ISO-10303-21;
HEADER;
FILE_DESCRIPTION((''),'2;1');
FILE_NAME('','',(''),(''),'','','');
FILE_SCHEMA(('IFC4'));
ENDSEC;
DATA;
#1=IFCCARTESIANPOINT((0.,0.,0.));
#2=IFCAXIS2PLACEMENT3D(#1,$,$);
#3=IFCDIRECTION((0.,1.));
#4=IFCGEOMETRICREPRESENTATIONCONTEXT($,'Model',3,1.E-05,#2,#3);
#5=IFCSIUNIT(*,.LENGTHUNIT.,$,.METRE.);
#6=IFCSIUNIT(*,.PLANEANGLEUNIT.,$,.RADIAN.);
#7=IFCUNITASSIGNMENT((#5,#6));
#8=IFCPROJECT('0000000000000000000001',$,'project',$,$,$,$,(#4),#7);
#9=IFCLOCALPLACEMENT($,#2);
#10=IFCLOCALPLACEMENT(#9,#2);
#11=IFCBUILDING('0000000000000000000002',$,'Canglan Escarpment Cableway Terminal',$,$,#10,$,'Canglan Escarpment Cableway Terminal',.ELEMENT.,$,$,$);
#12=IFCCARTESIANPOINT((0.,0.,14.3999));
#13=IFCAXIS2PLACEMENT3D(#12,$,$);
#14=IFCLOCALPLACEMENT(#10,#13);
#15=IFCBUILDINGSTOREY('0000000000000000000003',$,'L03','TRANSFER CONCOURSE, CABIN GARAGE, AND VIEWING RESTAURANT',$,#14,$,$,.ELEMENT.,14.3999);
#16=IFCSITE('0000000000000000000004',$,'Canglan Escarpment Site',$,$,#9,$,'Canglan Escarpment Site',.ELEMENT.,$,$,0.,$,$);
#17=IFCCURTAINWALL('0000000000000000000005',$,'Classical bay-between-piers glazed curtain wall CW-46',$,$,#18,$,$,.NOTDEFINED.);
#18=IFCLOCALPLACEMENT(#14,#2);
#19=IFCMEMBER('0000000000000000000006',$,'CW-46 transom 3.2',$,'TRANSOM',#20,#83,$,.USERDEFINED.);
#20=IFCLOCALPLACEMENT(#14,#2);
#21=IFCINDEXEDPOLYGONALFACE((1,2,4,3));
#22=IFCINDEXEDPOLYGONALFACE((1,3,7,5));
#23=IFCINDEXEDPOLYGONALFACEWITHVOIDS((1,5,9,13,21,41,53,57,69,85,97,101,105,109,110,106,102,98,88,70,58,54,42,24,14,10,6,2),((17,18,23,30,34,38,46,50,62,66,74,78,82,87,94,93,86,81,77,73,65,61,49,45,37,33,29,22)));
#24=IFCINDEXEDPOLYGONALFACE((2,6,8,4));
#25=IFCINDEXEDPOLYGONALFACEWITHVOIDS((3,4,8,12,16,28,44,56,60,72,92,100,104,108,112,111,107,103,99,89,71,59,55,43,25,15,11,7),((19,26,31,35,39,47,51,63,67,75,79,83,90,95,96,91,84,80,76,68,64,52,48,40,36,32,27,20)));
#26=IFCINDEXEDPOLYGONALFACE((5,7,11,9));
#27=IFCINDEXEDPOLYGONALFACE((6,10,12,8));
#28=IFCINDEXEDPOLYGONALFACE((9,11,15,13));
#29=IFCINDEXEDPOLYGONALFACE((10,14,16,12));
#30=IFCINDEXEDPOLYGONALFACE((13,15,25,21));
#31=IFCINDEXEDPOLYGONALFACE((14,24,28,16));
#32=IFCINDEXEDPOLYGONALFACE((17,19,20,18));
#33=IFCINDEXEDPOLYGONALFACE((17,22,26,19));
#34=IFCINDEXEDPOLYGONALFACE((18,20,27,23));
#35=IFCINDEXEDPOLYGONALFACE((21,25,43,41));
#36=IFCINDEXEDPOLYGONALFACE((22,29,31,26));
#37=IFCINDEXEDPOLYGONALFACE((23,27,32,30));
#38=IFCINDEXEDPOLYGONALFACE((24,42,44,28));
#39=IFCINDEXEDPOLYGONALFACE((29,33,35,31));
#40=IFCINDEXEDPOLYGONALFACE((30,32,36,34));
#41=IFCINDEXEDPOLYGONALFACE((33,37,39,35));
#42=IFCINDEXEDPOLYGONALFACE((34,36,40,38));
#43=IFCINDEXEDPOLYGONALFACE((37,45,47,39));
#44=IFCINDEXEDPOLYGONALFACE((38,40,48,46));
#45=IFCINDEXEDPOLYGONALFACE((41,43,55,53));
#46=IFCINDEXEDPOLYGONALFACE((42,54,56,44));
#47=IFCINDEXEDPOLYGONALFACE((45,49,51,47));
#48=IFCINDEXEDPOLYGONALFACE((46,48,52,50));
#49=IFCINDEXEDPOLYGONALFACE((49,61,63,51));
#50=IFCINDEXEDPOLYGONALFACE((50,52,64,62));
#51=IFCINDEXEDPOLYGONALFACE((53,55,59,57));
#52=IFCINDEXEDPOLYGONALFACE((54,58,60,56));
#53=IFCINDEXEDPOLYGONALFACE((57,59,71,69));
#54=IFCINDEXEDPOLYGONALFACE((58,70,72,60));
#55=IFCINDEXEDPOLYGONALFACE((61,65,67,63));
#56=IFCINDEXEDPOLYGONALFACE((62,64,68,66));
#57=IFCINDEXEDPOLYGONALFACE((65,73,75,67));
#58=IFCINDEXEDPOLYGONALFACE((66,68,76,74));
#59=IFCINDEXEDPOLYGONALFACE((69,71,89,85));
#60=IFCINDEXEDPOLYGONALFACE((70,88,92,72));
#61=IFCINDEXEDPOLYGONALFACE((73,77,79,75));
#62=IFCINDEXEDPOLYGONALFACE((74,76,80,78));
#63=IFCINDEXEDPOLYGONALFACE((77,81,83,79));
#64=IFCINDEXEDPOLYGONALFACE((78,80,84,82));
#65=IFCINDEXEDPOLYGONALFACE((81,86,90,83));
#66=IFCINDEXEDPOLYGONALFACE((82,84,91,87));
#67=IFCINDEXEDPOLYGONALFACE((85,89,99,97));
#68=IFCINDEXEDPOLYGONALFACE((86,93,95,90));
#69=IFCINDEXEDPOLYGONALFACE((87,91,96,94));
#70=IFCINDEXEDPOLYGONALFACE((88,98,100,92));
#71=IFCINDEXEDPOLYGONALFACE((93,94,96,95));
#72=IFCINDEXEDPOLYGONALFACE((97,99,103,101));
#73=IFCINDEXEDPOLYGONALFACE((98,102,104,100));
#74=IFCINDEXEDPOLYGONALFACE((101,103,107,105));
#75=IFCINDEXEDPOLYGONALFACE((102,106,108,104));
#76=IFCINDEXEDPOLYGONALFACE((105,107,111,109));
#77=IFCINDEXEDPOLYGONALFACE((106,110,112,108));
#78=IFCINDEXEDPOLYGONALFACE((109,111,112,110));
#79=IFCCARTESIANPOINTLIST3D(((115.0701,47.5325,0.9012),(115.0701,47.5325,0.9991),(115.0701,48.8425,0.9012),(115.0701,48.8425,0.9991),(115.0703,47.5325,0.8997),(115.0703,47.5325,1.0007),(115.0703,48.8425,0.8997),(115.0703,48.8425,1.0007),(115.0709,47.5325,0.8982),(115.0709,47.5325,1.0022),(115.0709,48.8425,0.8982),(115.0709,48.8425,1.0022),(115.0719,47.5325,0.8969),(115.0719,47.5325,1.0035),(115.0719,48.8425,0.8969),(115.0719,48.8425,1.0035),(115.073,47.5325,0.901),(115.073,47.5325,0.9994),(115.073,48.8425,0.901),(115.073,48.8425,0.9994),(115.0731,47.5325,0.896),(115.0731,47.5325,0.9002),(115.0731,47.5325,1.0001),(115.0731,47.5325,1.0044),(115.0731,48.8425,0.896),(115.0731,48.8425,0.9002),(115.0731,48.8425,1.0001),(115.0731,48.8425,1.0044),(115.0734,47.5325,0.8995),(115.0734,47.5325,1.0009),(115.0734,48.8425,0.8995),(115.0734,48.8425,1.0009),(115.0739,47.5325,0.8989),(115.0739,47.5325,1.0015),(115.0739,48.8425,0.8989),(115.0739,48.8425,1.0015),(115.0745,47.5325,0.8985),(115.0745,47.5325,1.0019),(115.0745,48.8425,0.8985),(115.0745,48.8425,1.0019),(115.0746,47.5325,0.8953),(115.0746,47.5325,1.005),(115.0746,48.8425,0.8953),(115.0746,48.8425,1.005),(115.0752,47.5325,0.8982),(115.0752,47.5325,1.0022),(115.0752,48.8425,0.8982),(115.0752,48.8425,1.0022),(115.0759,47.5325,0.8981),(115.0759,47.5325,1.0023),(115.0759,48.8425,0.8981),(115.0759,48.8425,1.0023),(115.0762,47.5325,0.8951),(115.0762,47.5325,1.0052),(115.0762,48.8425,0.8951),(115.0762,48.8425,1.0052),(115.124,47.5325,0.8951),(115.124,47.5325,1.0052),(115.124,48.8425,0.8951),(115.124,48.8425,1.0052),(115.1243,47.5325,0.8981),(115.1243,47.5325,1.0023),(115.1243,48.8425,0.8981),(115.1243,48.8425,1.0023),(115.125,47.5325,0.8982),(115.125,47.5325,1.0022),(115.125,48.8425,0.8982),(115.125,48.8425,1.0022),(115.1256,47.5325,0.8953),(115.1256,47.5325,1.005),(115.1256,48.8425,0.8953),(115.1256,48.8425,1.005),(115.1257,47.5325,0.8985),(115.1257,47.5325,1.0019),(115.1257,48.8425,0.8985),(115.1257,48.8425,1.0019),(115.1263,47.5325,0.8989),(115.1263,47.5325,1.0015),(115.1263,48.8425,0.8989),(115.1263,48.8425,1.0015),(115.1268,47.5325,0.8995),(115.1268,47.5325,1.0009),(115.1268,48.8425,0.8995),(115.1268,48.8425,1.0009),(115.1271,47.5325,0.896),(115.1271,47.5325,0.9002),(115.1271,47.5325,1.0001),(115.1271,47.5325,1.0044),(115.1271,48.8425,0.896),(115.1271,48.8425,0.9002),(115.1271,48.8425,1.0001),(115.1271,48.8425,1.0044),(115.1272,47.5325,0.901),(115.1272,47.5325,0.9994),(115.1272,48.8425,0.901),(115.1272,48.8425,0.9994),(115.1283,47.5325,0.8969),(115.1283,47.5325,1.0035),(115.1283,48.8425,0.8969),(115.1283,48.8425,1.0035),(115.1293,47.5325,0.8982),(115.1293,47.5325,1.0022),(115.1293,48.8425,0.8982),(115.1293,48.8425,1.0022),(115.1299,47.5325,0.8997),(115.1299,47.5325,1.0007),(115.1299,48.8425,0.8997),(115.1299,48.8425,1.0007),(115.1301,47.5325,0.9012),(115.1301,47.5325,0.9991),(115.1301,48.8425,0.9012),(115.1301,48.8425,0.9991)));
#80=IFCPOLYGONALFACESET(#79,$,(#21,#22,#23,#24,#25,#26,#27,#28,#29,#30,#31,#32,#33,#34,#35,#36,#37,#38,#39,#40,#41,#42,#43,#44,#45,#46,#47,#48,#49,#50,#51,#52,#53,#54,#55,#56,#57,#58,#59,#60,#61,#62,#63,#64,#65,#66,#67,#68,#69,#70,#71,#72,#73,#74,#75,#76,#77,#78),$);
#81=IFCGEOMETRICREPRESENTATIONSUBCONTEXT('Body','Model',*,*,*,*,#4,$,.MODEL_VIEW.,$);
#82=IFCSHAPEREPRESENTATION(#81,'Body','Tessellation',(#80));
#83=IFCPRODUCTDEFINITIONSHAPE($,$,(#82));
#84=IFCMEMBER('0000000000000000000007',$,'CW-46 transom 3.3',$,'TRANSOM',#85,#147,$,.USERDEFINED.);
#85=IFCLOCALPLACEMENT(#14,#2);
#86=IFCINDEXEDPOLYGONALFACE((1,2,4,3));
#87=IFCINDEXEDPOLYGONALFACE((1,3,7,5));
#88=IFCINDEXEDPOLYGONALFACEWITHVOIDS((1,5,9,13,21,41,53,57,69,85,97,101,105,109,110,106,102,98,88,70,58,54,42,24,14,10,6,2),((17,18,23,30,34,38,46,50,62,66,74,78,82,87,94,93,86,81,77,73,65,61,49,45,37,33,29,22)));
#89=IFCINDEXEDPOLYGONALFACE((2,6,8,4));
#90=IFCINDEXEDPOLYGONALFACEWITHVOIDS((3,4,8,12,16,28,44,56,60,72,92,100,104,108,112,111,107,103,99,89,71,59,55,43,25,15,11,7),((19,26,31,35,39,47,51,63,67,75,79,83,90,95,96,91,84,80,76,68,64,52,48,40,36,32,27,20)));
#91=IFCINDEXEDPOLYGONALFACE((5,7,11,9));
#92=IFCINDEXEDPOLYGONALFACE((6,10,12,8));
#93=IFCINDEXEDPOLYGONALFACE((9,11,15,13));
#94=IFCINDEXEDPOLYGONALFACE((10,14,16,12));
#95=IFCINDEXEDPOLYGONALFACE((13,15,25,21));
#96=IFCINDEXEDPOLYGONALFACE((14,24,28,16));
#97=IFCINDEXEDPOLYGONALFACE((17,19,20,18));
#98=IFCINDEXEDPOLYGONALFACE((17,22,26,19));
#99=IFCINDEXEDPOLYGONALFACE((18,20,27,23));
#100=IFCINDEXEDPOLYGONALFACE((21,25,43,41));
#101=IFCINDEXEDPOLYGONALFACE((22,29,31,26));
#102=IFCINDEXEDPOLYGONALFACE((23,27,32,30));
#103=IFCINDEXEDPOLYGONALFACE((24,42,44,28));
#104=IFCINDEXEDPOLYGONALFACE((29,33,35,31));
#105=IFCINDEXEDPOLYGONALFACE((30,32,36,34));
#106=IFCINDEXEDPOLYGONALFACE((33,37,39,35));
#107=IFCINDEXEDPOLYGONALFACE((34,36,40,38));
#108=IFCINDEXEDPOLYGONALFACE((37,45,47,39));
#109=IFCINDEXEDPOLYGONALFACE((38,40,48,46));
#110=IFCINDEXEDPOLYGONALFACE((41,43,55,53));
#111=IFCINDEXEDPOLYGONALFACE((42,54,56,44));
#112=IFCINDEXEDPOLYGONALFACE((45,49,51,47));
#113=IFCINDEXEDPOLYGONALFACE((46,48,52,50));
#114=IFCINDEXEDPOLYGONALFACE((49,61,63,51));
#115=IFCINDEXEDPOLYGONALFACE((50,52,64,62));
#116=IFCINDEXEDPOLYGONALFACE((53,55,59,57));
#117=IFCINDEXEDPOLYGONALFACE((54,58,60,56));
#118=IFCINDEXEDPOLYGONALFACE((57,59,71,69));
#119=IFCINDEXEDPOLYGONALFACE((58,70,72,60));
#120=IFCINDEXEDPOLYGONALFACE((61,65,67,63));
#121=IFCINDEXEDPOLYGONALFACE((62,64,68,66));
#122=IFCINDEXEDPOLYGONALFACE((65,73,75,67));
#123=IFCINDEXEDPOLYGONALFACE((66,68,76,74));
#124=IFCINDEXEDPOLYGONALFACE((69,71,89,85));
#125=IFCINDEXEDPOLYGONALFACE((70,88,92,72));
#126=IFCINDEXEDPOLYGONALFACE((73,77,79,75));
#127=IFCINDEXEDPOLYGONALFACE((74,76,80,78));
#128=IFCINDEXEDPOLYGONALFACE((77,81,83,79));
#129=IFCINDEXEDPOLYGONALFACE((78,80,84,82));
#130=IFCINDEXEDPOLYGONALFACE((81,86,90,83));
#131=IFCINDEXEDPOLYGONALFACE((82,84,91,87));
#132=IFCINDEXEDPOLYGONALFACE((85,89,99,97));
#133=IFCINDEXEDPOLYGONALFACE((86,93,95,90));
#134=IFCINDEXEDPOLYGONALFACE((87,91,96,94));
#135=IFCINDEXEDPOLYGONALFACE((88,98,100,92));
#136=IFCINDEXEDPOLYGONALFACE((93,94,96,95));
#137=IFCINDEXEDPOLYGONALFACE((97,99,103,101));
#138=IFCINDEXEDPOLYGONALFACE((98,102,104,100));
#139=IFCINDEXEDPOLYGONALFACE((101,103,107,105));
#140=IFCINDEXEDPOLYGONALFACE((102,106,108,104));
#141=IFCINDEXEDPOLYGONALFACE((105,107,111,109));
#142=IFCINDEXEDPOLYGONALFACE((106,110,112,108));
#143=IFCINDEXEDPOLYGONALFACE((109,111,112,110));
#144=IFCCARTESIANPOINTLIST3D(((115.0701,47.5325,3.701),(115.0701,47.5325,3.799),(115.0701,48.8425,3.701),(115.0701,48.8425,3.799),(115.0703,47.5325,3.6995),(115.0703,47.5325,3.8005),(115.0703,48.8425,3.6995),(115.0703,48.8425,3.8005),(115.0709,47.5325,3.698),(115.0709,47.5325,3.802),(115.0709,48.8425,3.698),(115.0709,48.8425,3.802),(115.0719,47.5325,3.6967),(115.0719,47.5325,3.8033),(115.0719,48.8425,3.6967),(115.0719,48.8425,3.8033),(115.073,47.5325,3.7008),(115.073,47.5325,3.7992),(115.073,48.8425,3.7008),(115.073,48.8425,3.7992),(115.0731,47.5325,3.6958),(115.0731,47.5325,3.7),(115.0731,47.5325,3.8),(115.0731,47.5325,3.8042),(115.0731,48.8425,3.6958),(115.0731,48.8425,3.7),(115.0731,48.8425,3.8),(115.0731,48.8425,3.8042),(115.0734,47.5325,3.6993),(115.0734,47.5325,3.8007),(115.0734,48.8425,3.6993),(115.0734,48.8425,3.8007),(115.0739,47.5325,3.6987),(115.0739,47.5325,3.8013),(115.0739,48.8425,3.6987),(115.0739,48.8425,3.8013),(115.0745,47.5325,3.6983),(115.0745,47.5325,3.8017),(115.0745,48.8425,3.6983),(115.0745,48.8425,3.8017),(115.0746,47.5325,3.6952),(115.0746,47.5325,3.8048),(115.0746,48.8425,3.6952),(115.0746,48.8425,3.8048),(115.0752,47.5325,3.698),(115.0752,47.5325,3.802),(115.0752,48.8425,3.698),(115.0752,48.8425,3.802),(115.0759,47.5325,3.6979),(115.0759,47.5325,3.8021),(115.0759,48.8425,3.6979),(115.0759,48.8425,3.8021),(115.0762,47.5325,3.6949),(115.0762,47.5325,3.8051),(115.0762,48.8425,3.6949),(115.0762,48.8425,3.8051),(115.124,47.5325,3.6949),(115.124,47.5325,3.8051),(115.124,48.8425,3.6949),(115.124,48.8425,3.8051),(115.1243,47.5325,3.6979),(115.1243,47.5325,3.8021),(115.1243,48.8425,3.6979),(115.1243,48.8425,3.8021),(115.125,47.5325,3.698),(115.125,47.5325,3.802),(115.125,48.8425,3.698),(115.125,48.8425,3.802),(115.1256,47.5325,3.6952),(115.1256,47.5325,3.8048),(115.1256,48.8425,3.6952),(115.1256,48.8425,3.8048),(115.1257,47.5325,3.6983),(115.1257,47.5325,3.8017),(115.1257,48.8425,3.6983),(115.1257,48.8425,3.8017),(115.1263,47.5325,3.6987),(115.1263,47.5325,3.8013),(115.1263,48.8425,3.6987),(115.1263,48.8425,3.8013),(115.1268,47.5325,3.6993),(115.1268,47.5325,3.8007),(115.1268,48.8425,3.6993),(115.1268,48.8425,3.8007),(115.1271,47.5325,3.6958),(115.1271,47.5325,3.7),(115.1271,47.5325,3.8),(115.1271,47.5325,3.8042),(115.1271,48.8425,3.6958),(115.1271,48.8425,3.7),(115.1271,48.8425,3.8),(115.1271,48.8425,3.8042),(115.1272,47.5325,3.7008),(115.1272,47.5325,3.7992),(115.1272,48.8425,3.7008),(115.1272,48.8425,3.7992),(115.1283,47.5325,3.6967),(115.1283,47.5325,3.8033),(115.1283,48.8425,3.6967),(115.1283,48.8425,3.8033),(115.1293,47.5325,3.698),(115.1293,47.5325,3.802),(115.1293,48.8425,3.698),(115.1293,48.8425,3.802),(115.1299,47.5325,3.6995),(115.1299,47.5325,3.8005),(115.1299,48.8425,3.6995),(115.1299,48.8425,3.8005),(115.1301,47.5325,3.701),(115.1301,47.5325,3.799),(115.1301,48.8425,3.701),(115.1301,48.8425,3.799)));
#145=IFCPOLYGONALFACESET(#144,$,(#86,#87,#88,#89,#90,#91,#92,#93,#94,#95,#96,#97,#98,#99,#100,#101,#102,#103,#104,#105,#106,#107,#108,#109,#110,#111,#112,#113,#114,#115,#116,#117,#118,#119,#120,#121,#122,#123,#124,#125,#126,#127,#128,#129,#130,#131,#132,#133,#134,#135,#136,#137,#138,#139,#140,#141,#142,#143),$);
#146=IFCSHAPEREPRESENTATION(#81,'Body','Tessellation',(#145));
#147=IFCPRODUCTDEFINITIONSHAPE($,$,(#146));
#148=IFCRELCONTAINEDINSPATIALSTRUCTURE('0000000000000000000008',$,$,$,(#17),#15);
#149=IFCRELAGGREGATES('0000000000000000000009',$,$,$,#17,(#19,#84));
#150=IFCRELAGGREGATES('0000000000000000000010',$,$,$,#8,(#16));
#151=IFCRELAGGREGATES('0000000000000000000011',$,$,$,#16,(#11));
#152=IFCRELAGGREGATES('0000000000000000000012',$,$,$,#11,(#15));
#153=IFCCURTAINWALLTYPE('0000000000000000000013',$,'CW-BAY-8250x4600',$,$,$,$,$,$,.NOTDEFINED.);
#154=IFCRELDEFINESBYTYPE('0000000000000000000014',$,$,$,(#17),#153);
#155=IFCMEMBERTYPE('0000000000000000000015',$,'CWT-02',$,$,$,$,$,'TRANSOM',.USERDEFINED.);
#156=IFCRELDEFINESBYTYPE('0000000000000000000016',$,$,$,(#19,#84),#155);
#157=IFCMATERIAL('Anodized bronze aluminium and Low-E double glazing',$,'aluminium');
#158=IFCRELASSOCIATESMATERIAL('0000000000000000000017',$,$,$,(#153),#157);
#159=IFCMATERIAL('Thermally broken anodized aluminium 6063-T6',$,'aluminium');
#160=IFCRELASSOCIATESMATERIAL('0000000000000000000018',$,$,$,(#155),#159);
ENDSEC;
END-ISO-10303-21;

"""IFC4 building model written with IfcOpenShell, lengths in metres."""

from ifc_helpers import new_model, si_unit, direction, frame, origin, origin_2d, place, context, subcontext, project, spatial, hollow_rectangle, extrude, material, material_profile, profile_set, type_object, element, aggregate, save


model = new_model("IFC4")

# Units and contexts
model_context = context("Model", 3, precision=1e-05, world=origin(), true_north=direction((0.0, 1.0)))
body_context = subcontext(model_context, "Body", "Model", "MODEL_VIEW")
ifc_project = project(units=[si_unit("LENGTHUNIT", "METRE"), si_unit("PLANEANGLEUNIT", "RADIAN")], contexts=[model_context])

# Site, building, storey
site_placement = place(None, origin())
site = spatial("IfcSite", under=ifc_project, at=site_placement, Name="Canglan Escarpment Site", LongName="Canglan Escarpment Site", CompositionType="ELEMENT", RefElevation=0.0)
building_placement = place(site_placement, origin())
building = spatial("IfcBuilding", under=site, at=building_placement, Name="Canglan Escarpment Cableway Terminal", LongName="Canglan Escarpment Cableway Terminal", CompositionType="ELEMENT")
storey_placement = place(building_placement, frame((0.0, 0.0, 14.3999)))
storey = spatial("IfcBuildingStorey", under=building, at=storey_placement, Name="L03", Description="TRANSFER CONCOURSE, CABIN GARAGE, AND VIEWING RESTAURANT", CompositionType="ELEMENT", Elevation=14.3999)

# Curtain wall, members
ifc_material_1 = material(Name="Anodized bronze aluminium and Low-E double glazing", Category="aluminium")
curtain_wall_type = type_object("IfcCurtainWallType", Name="CW-BAY-8250x4600", PredefinedType="NOTDEFINED", material=ifc_material_1)
curtain_wall_placement = place(storey_placement, origin())
curtain_wall = element("IfcCurtainWall", 1, at=curtain_wall_placement, inside=storey, type_object=curtain_wall_type, Name="Classical bay-between-piers glazed curtain wall CW-46", PredefinedType="NOTDEFINED")
ifc_material_2 = material(Name="Thermally broken anodized aluminium 6063-T6", Category="aluminium")
ifc_material_profile_1 = material_profile(ifc_material_2, hollow_rectangle(XDim=0.0601, YDim=0.1101, WallThickness=0.0029, InnerFilletRadius=0.0029, OuterFilletRadius=0.0061, at=origin_2d()), Name="ALU-TRAN 60x110x3")
ifc_profile_set_1 = profile_set([ifc_material_profile_1], Name="Thermally broken anodized aluminium 6063-T6")
member_type_1 = type_object("IfcMemberType", Name="CWT-02", ElementType="TRANSOM", PredefinedType="USERDEFINED", material=ifc_profile_set_1)
member_1_placement = place(storey_placement, frame((115.1001, 48.8425, 0.9502), z_axis=(0.0, -1.0, 0.0), x_axis=(1.0, 0.0, 0.0)))
member_1 = element("IfcMember", 2, at=member_1_placement, type_object=member_type_1, Name="CW-46 transom 3.2", ObjectType="TRANSOM", PredefinedType="USERDEFINED", context=body_context, shape_type="SweptSolid", body=[
    extrude(hollow_rectangle(XDim=0.0601, YDim=0.1101, WallThickness=0.0029, InnerFilletRadius=0.0029, OuterFilletRadius=0.0061, at=origin_2d()), origin(), (0.0, 0.0, 1.0), 1.3101),
])
member_2_placement = place(storey_placement, frame((115.1001, 48.8425, 3.75), z_axis=(0.0, -1.0, 0.0), x_axis=(1.0, 0.0, 0.0)))
member_2 = element("IfcMember", 3, at=member_2_placement, type_object=member_type_1, Name="CW-46 transom 3.3", ObjectType="TRANSOM", PredefinedType="USERDEFINED", context=body_context, shape_type="SweptSolid", body=[
    extrude(hollow_rectangle(XDim=0.0601, YDim=0.1101, WallThickness=0.0029, InnerFilletRadius=0.0029, OuterFilletRadius=0.0061, at=origin_2d()), origin(), (0.0, 0.0, 1.0), 1.3101),
])
aggregate(curtain_wall, [member_1, member_2])

save(model, "model.ifc")
